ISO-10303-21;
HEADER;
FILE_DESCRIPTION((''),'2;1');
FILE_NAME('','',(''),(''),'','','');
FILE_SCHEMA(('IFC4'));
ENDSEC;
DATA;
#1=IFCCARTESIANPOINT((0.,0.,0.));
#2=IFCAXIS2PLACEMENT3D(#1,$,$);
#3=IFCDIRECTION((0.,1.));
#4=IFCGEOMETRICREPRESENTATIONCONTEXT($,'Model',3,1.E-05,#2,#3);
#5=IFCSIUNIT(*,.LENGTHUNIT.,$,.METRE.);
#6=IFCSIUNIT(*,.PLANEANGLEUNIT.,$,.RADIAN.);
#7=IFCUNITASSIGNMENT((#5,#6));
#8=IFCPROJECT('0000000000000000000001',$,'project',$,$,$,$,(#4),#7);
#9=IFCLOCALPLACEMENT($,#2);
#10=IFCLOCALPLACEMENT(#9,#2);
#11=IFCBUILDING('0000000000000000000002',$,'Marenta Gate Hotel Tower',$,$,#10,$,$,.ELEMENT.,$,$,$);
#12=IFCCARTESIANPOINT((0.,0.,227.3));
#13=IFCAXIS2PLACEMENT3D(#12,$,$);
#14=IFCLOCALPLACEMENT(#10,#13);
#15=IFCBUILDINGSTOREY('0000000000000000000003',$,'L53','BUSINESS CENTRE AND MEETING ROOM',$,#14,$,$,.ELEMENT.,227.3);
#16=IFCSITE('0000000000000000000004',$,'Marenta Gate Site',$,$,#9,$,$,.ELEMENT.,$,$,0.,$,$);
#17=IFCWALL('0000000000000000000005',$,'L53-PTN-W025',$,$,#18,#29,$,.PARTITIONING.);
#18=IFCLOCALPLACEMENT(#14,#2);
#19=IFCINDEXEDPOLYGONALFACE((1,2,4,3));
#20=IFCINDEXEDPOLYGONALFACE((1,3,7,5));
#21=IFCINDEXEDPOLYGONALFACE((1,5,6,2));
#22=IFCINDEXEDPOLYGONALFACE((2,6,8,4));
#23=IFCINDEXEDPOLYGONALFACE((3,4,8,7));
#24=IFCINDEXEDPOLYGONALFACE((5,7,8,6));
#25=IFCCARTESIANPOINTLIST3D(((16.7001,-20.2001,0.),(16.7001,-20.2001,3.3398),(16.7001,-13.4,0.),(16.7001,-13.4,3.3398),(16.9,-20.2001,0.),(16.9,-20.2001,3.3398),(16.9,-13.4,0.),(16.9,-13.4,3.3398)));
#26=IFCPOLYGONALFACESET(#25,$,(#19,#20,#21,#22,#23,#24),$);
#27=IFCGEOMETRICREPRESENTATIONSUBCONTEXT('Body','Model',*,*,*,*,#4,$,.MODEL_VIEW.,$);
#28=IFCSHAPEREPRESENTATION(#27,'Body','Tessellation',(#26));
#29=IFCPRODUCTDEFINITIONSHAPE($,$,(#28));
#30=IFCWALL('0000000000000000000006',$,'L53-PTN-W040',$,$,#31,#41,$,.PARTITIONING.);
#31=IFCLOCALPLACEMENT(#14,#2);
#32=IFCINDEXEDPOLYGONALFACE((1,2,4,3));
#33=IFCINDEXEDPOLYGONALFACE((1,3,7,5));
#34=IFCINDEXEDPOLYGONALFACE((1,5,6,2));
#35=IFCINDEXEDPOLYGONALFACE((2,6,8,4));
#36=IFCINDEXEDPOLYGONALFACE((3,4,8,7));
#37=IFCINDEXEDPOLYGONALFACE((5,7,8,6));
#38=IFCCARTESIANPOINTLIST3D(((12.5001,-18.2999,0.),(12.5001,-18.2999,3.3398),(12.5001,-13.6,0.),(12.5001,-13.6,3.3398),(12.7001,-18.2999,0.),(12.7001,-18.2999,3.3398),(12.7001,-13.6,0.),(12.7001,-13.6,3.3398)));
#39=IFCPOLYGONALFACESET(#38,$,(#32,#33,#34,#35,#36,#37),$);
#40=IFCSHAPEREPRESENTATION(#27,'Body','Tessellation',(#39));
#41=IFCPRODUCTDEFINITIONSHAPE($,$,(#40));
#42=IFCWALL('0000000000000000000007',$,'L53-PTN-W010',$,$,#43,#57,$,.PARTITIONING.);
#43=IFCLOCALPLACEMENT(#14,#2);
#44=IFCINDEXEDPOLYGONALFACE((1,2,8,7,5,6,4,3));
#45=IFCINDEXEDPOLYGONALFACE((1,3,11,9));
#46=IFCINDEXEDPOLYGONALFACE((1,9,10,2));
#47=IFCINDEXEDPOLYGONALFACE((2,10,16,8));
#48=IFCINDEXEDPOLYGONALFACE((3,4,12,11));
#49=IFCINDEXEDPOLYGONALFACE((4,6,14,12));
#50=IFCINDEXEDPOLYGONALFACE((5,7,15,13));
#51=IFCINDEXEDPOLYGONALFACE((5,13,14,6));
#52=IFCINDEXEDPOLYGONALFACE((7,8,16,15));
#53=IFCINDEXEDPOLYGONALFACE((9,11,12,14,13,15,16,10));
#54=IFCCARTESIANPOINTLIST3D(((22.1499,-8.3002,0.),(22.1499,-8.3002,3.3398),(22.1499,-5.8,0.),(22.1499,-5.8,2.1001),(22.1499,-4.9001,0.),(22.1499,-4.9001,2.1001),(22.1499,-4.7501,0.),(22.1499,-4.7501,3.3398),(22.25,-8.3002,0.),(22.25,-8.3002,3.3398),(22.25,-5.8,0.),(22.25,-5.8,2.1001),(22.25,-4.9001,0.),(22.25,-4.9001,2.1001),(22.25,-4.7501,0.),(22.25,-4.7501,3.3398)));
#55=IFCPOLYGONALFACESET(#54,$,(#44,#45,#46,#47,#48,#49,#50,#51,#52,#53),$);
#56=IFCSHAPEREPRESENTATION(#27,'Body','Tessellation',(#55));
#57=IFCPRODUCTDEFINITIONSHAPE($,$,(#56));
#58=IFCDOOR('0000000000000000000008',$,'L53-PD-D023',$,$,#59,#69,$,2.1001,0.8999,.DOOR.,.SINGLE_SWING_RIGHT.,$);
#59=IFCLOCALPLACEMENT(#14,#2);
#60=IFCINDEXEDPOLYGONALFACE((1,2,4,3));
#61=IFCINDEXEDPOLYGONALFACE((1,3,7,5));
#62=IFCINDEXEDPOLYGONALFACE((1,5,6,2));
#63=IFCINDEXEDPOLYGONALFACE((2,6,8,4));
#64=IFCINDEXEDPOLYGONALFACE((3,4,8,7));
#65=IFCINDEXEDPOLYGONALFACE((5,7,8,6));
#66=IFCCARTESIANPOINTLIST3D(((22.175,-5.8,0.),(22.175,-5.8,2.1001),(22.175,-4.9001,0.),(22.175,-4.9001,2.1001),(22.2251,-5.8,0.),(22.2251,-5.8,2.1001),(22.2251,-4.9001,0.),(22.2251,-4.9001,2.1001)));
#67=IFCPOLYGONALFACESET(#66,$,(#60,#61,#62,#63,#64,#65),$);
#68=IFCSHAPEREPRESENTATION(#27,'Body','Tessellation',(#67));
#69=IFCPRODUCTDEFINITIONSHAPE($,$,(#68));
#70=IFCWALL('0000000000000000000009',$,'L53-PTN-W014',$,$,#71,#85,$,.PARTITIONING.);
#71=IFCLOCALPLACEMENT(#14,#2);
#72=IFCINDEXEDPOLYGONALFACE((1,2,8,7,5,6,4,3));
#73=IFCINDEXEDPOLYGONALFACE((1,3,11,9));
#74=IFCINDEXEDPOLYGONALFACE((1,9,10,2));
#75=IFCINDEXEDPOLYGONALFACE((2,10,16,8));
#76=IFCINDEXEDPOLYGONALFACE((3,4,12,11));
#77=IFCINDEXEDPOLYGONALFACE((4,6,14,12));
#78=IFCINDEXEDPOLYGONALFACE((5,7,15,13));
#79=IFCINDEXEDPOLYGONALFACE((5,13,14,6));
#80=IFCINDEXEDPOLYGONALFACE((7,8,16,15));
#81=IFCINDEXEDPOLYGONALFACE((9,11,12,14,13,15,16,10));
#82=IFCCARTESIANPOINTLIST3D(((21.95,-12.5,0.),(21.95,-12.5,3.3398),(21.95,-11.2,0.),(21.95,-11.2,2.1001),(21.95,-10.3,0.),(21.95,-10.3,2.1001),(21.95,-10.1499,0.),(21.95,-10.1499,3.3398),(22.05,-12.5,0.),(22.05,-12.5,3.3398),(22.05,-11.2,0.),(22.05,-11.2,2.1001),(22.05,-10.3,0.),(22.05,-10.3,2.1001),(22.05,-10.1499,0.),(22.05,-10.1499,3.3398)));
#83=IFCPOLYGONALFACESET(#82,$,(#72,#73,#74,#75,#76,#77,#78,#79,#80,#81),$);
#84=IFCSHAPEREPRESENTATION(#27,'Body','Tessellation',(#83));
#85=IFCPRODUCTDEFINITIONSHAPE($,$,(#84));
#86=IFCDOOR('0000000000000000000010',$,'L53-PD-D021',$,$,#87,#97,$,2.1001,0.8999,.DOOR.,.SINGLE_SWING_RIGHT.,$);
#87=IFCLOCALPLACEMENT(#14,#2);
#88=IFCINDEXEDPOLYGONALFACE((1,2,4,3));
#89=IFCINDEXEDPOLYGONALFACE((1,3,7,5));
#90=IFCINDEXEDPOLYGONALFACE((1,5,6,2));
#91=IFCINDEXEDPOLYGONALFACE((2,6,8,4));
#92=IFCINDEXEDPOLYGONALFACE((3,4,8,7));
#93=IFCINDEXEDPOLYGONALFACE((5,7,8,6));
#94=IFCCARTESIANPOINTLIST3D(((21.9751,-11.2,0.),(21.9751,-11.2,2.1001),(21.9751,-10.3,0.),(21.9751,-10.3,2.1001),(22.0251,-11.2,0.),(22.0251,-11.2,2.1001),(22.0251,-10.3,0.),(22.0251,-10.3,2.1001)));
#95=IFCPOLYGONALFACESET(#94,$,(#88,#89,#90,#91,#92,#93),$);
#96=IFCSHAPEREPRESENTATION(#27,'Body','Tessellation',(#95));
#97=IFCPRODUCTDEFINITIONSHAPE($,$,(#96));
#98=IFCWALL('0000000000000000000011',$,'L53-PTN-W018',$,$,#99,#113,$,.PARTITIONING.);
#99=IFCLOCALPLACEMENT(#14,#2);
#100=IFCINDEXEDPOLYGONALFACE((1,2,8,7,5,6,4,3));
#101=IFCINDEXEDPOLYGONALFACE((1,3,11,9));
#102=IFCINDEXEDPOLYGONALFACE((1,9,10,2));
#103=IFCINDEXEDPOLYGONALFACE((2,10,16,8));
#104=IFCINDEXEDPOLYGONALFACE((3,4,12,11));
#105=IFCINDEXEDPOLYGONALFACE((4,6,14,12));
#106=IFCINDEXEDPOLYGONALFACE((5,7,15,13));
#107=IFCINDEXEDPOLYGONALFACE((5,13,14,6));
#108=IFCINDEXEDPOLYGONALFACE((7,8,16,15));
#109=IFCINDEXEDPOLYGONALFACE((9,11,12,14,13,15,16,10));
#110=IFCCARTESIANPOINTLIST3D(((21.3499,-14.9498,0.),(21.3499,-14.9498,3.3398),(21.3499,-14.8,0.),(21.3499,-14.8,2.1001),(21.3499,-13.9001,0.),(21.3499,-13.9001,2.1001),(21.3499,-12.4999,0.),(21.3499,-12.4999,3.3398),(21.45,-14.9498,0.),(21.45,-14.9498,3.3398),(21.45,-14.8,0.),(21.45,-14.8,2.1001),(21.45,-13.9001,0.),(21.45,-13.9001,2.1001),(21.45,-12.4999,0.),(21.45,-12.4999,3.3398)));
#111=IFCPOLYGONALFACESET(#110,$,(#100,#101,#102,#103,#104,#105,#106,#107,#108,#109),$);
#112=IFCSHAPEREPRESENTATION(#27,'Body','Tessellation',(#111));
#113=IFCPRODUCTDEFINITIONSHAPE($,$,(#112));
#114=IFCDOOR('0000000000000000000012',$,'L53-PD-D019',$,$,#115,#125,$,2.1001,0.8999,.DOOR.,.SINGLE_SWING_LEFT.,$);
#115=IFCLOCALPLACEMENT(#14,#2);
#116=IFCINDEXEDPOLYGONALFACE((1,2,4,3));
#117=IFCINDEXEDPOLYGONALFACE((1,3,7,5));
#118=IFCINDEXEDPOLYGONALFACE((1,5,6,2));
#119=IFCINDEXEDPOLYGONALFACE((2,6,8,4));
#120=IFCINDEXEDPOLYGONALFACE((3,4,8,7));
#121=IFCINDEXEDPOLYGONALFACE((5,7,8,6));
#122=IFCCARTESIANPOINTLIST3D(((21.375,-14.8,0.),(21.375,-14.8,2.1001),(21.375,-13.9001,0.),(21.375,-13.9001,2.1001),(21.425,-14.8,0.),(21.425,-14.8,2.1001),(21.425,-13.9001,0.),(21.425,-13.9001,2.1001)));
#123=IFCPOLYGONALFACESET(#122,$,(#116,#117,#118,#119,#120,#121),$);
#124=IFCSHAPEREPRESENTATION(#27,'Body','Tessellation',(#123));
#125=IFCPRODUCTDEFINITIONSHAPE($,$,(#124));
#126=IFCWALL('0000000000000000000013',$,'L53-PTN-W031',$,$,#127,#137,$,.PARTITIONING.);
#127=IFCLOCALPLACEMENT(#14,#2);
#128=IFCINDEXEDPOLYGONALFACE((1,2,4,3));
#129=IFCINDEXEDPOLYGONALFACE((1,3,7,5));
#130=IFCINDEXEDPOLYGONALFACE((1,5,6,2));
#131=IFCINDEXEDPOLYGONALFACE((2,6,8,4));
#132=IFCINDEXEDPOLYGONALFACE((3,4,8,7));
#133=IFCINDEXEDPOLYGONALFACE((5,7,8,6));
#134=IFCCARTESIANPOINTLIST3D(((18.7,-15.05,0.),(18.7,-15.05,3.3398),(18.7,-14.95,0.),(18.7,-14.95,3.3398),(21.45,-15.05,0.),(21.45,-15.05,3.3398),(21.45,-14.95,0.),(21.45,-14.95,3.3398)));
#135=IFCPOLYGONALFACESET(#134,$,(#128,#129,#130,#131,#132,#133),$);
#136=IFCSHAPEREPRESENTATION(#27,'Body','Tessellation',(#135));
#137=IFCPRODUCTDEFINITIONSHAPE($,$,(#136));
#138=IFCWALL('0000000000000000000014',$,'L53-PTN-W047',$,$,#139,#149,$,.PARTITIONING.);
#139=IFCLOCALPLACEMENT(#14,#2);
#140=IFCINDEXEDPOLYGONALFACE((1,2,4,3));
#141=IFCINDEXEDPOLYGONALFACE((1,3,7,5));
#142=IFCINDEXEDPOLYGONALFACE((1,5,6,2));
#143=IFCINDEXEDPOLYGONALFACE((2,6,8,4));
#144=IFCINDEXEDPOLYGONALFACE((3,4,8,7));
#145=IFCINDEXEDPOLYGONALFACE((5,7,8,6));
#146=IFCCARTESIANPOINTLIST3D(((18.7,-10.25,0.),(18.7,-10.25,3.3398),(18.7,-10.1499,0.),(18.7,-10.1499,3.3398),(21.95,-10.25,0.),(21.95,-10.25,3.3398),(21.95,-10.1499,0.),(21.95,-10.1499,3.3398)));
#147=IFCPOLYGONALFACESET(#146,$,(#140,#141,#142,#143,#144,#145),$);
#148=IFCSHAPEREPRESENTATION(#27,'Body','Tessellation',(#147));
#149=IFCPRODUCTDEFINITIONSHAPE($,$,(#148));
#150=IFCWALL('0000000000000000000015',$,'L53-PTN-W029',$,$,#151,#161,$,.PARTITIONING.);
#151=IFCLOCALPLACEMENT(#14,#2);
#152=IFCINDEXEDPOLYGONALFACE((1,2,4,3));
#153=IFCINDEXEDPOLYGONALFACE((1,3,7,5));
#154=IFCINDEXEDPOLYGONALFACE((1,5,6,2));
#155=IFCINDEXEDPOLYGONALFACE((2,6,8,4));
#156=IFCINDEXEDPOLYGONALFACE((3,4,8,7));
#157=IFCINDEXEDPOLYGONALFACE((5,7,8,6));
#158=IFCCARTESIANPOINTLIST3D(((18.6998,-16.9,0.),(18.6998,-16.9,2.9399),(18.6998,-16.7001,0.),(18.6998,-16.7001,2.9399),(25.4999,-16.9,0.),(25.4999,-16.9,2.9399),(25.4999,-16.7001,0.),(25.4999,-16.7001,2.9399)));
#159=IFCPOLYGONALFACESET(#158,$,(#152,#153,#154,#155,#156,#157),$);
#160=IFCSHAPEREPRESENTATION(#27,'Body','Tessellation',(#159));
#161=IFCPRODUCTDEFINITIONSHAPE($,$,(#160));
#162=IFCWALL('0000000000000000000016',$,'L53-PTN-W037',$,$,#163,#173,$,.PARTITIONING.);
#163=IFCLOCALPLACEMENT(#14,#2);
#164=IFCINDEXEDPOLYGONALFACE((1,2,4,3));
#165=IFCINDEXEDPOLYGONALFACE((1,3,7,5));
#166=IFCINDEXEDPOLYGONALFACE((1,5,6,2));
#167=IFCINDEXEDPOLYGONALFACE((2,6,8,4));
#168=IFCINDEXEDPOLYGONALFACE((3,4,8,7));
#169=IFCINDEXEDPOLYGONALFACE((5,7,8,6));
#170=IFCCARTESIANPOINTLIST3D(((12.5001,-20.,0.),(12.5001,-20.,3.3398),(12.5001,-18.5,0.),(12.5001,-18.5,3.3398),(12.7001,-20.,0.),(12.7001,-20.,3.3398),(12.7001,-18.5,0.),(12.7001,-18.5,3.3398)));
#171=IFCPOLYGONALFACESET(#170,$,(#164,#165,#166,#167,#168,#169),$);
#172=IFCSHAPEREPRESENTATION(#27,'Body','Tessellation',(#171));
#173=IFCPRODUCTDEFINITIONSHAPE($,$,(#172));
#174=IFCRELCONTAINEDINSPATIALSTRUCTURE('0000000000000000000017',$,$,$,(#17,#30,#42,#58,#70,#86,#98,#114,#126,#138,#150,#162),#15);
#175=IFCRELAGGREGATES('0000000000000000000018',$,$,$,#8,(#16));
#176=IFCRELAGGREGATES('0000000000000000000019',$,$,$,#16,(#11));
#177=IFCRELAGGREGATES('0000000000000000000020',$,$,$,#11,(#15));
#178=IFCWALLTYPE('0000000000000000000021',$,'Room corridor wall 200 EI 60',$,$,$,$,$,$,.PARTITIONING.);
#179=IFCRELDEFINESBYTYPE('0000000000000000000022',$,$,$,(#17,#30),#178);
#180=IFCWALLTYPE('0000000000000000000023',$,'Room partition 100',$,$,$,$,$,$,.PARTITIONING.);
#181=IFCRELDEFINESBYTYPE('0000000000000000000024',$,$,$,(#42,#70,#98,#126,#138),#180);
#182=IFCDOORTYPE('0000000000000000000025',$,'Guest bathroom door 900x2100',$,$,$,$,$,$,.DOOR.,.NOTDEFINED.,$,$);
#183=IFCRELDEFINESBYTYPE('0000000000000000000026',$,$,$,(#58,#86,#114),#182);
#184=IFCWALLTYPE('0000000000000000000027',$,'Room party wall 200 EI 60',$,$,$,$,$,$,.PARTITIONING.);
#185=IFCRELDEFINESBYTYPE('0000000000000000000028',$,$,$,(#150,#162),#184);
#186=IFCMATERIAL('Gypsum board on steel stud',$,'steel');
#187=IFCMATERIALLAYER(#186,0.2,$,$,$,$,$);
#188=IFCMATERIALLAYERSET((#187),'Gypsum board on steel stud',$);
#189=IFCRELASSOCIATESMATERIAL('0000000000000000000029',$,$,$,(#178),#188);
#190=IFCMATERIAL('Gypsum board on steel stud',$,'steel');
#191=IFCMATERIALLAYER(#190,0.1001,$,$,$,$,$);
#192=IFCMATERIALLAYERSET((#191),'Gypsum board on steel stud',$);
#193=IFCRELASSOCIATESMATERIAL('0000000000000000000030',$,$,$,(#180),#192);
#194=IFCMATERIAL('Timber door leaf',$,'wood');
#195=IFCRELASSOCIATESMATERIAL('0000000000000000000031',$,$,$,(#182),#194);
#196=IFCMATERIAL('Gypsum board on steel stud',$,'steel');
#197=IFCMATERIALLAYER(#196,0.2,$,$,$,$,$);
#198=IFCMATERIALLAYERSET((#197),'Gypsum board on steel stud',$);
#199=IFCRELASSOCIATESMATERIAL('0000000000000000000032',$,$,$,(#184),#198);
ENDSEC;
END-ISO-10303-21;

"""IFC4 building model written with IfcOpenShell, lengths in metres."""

from ifc_helpers import new_model, si_unit, direction, frame, frame_2d, origin, place, context, subcontext, project, spatial, rectangle, extrude, material, layer, layer_set, type_object, element, fill, save


model = new_model("IFC4")

# Units and contexts
model_context = context("Model", 3, precision=1e-05, world=origin(), true_north=direction((0.0, 1.0)))
body_context = subcontext(model_context, "Body", "Model", "MODEL_VIEW")
ifc_project = project(units=[si_unit("LENGTHUNIT", "METRE"), si_unit("PLANEANGLEUNIT", "RADIAN")], contexts=[model_context])

# Site, building, storey
site_placement = place(None, origin())
site = spatial("IfcSite", under=ifc_project, at=site_placement, Name="Marenta Gate Site", CompositionType="ELEMENT", RefElevation=0.0)
building_placement = place(site_placement, origin())
building = spatial("IfcBuilding", under=site, at=building_placement, Name="Marenta Gate Hotel Tower", CompositionType="ELEMENT")
storey_placement = place(building_placement, frame((0.0, 0.0, 227.3)))
storey = spatial("IfcBuildingStorey", under=building, at=storey_placement, Name="L53", Description="BUSINESS CENTRE AND MEETING ROOM", CompositionType="ELEMENT", Elevation=227.3)

# Walls
ifc_material_1 = material(Name="Gypsum board on steel stud", Category="steel")
ifc_layer_1 = layer(ifc_material_1, 0.2)
ifc_layer_set_1 = layer_set([ifc_layer_1], Name="Gypsum board on steel stud")
wall_type_1 = type_object("IfcWallType", Name="Room corridor wall 200 EI 60", PredefinedType="PARTITIONING", material=ifc_layer_set_1)
wall_1_placement = place(storey_placement, frame((16.8, -20.2, 0.0), z_axis=(0.0, 0.0, 1.0), x_axis=(0.0, 1.0, 0.0)))
element("IfcWall", 1, at=wall_1_placement, inside=storey, type_object=wall_type_1, Name="L53-PTN-W025", PredefinedType="PARTITIONING", context=body_context, shape_type="SweptSolid", body=[
    extrude(rectangle(XDim=6.8, YDim=0.2, at=frame_2d((3.3999, 0.0))), origin(), (0.0, 0.0, 1.0), 3.3398),
])
wall_2_placement = place(storey_placement, frame((12.6001, -18.3, 0.0), z_axis=(0.0, 0.0, 1.0), x_axis=(0.0, 1.0, 0.0)))
element("IfcWall", 2, at=wall_2_placement, inside=storey, type_object=wall_type_1, Name="L53-PTN-W040", PredefinedType="PARTITIONING", context=body_context, shape_type="SweptSolid", body=[
    extrude(rectangle(XDim=4.7, YDim=0.2, at=frame_2d((2.3501, 0.0))), origin(), (0.0, 0.0, 1.0), 3.3398),
])

# Walls, openings, doors
ifc_material_2 = material(Name="Gypsum board on steel stud", Category="steel")
ifc_layer_2 = layer(ifc_material_2, 0.1001)
ifc_layer_set_2 = layer_set([ifc_layer_2], Name="Gypsum board on steel stud")
wall_type_2 = type_object("IfcWallType", Name="Room partition 100", PredefinedType="PARTITIONING", material=ifc_layer_set_2)
wall_3_placement = place(storey_placement, frame((22.2, -8.3, 0.0), z_axis=(0.0, 0.0, 1.0), x_axis=(0.0, 1.0, 0.0)))
wall_3 = element("IfcWall", 3, at=wall_3_placement, inside=storey, type_object=wall_type_2, Name="L53-PTN-W010", PredefinedType="PARTITIONING", context=body_context, shape_type="SweptSolid", body=[
    extrude(rectangle(XDim=3.55, YDim=0.1001, at=frame_2d((1.7749, 0.0))), origin(), (0.0, 0.0, 1.0), 3.3398),
])
opening_1_placement = place(wall_3_placement, frame((2.5, 0.0, 0.0)))
opening_1 = element("IfcOpeningElement", 4, at=opening_1_placement, cuts=wall_3, PredefinedType="OPENING", context=body_context, shape_type="SweptSolid", body=[
    extrude(rectangle(XDim=0.8999, YDim=2.1001, at=frame_2d((0.45, 1.05))), frame((0.0, 0.05, 0.0), z_axis=(0.0, -1.0, 0.0), x_axis=(1.0, 0.0, 0.0)), (0.0, 0.0, 1.0), 0.1001),
])
ifc_material_3 = material(Name="Timber door leaf", Category="wood")
door_type = type_object("IfcDoorType", Name="Guest bathroom door 900x2100", OperationType="NOTDEFINED", PredefinedType="DOOR", material=ifc_material_3)
door_1_placement = place(opening_1_placement, origin())
door_1 = element("IfcDoor", 5, at=door_1_placement, inside=storey, type_object=door_type, Name="L53-PD-D023", OperationType="SINGLE_SWING_RIGHT", OverallHeight=2.1001, OverallWidth=0.8999, PredefinedType="DOOR", context=body_context, shape_type="SweptSolid", body=[
    extrude(rectangle(XDim=0.8999, YDim=2.1001, at=frame_2d((0.45, 1.05))), frame((0.0, 0.0249, 0.0), z_axis=(0.0, -1.0, 0.0), x_axis=(1.0, 0.0, 0.0)), (0.0, 0.0, 1.0), 0.05),
])
fill(opening_1, door_1)
wall_4_placement = place(storey_placement, frame((22.0, -12.5, 0.0), z_axis=(0.0, 0.0, 1.0), x_axis=(0.0, 1.0, 0.0)))
wall_4 = element("IfcWall", 6, at=wall_4_placement, inside=storey, type_object=wall_type_2, Name="L53-PTN-W014", PredefinedType="PARTITIONING", context=body_context, shape_type="SweptSolid", body=[
    extrude(rectangle(XDim=2.3501, YDim=0.1001, at=frame_2d((1.175, 0.0))), origin(), (0.0, 0.0, 1.0), 3.3398),
])
opening_2_placement = place(wall_4_placement, frame((1.3, 0.0, 0.0)))
opening_2 = element("IfcOpeningElement", 7, at=opening_2_placement, cuts=wall_4, PredefinedType="OPENING", context=body_context, shape_type="SweptSolid", body=[
    extrude(rectangle(XDim=0.8999, YDim=2.1001, at=frame_2d((0.45, 1.05))), frame((0.0, 0.05, 0.0), z_axis=(0.0, -1.0, 0.0), x_axis=(1.0, 0.0, 0.0)), (0.0, 0.0, 1.0), 0.1001),
])
door_2_placement = place(opening_2_placement, origin())
door_2 = element("IfcDoor", 8, at=door_2_placement, inside=storey, type_object=door_type, Name="L53-PD-D021", OperationType="SINGLE_SWING_RIGHT", OverallHeight=2.1001, OverallWidth=0.8999, PredefinedType="DOOR", context=body_context, shape_type="SweptSolid", body=[
    extrude(rectangle(XDim=0.8999, YDim=2.1001, at=frame_2d((0.45, 1.05))), frame((0.0, 0.0249, 0.0), z_axis=(0.0, -1.0, 0.0), x_axis=(1.0, 0.0, 0.0)), (0.0, 0.0, 1.0), 0.05),
])
fill(opening_2, door_2)
wall_5_placement = place(storey_placement, frame((21.3999, -14.95, 0.0), z_axis=(0.0, 0.0, 1.0), x_axis=(0.0, 1.0, 0.0)))
wall_5 = element("IfcWall", 9, at=wall_5_placement, inside=storey, type_object=wall_type_2, Name="L53-PTN-W018", PredefinedType="PARTITIONING", context=body_context, shape_type="SweptSolid", body=[
    extrude(rectangle(XDim=2.45, YDim=0.1001, at=frame_2d((1.2251, 0.0))), origin(), (0.0, 0.0, 1.0), 3.3398),
])
opening_3_placement = place(wall_5_placement, frame((0.1499, 0.0, 0.0)))
opening_3 = element("IfcOpeningElement", 10, at=opening_3_placement, cuts=wall_5, PredefinedType="OPENING", context=body_context, shape_type="SweptSolid", body=[
    extrude(rectangle(XDim=0.8999, YDim=2.1001, at=frame_2d((0.45, 1.05))), frame((0.0, 0.05, 0.0), z_axis=(0.0, -1.0, 0.0), x_axis=(1.0, 0.0, 0.0)), (0.0, 0.0, 1.0), 0.1001),
])
door_3_placement = place(opening_3_placement, origin())
door_3 = element("IfcDoor", 11, at=door_3_placement, inside=storey, type_object=door_type, Name="L53-PD-D019", OperationType="SINGLE_SWING_LEFT", OverallHeight=2.1001, OverallWidth=0.8999, PredefinedType="DOOR", context=body_context, shape_type="SweptSolid", body=[
    extrude(rectangle(XDim=0.8999, YDim=2.1001, at=frame_2d((0.45, 1.05))), frame((0.0, 0.0249, 0.0), z_axis=(0.0, -1.0, 0.0), x_axis=(1.0, 0.0, 0.0)), (0.0, 0.0, 1.0), 0.05),
])
fill(opening_3, door_3)

# Walls
wall_6_placement = place(storey_placement, frame((18.7, -15.0, 0.0), z_axis=(0.0, 0.0, 1.0), x_axis=(1.0, 0.0, 0.0)))
element("IfcWall", 12, at=wall_6_placement, inside=storey, type_object=wall_type_2, Name="L53-PTN-W031", PredefinedType="PARTITIONING", context=body_context, shape_type="SweptSolid", body=[
    extrude(rectangle(XDim=2.75, YDim=0.1001, at=frame_2d((1.375, 0.0))), origin(), (0.0, 0.0, 1.0), 3.3398),
])
wall_7_placement = place(storey_placement, frame((18.7, -10.2, 0.0), z_axis=(0.0, 0.0, 1.0), x_axis=(1.0, 0.0, 0.0)))
element("IfcWall", 13, at=wall_7_placement, inside=storey, type_object=wall_type_2, Name="L53-PTN-W047", PredefinedType="PARTITIONING", context=body_context, shape_type="SweptSolid", body=[
    extrude(rectangle(XDim=3.25, YDim=0.1001, at=frame_2d((1.625, 0.0))), origin(), (0.0, 0.0, 1.0), 3.3398),
])
ifc_material_4 = material(Name="Gypsum board on steel stud", Category="steel")
ifc_layer_3 = layer(ifc_material_4, 0.2)
ifc_layer_set_3 = layer_set([ifc_layer_3], Name="Gypsum board on steel stud")
wall_type_3 = type_object("IfcWallType", Name="Room party wall 200 EI 60", PredefinedType="PARTITIONING", material=ifc_layer_set_3)
wall_8_placement = place(storey_placement, frame((18.7, -16.8, 0.0), z_axis=(0.0, 0.0, 1.0), x_axis=(1.0, 0.0, 0.0)))
element("IfcWall", 14, at=wall_8_placement, inside=storey, type_object=wall_type_3, Name="L53-PTN-W029", PredefinedType="PARTITIONING", context=body_context, shape_type="SweptSolid", body=[
    extrude(rectangle(XDim=6.8, YDim=0.2, at=frame_2d((3.3999, 0.0))), origin(), (0.0, 0.0, 1.0), 2.9399),
])
wall_9_placement = place(storey_placement, frame((12.6001, -20.0, 0.0), z_axis=(0.0, 0.0, 1.0), x_axis=(0.0, 1.0, 0.0)))
element("IfcWall", 15, at=wall_9_placement, inside=storey, type_object=wall_type_3, Name="L53-PTN-W037", PredefinedType="PARTITIONING", context=body_context, shape_type="SweptSolid", body=[
    extrude(rectangle(XDim=1.5, YDim=0.2, at=frame_2d((0.75, 0.0))), origin(), (0.0, 0.0, 1.0), 3.3398),
])

save(model, "model.ifc")
